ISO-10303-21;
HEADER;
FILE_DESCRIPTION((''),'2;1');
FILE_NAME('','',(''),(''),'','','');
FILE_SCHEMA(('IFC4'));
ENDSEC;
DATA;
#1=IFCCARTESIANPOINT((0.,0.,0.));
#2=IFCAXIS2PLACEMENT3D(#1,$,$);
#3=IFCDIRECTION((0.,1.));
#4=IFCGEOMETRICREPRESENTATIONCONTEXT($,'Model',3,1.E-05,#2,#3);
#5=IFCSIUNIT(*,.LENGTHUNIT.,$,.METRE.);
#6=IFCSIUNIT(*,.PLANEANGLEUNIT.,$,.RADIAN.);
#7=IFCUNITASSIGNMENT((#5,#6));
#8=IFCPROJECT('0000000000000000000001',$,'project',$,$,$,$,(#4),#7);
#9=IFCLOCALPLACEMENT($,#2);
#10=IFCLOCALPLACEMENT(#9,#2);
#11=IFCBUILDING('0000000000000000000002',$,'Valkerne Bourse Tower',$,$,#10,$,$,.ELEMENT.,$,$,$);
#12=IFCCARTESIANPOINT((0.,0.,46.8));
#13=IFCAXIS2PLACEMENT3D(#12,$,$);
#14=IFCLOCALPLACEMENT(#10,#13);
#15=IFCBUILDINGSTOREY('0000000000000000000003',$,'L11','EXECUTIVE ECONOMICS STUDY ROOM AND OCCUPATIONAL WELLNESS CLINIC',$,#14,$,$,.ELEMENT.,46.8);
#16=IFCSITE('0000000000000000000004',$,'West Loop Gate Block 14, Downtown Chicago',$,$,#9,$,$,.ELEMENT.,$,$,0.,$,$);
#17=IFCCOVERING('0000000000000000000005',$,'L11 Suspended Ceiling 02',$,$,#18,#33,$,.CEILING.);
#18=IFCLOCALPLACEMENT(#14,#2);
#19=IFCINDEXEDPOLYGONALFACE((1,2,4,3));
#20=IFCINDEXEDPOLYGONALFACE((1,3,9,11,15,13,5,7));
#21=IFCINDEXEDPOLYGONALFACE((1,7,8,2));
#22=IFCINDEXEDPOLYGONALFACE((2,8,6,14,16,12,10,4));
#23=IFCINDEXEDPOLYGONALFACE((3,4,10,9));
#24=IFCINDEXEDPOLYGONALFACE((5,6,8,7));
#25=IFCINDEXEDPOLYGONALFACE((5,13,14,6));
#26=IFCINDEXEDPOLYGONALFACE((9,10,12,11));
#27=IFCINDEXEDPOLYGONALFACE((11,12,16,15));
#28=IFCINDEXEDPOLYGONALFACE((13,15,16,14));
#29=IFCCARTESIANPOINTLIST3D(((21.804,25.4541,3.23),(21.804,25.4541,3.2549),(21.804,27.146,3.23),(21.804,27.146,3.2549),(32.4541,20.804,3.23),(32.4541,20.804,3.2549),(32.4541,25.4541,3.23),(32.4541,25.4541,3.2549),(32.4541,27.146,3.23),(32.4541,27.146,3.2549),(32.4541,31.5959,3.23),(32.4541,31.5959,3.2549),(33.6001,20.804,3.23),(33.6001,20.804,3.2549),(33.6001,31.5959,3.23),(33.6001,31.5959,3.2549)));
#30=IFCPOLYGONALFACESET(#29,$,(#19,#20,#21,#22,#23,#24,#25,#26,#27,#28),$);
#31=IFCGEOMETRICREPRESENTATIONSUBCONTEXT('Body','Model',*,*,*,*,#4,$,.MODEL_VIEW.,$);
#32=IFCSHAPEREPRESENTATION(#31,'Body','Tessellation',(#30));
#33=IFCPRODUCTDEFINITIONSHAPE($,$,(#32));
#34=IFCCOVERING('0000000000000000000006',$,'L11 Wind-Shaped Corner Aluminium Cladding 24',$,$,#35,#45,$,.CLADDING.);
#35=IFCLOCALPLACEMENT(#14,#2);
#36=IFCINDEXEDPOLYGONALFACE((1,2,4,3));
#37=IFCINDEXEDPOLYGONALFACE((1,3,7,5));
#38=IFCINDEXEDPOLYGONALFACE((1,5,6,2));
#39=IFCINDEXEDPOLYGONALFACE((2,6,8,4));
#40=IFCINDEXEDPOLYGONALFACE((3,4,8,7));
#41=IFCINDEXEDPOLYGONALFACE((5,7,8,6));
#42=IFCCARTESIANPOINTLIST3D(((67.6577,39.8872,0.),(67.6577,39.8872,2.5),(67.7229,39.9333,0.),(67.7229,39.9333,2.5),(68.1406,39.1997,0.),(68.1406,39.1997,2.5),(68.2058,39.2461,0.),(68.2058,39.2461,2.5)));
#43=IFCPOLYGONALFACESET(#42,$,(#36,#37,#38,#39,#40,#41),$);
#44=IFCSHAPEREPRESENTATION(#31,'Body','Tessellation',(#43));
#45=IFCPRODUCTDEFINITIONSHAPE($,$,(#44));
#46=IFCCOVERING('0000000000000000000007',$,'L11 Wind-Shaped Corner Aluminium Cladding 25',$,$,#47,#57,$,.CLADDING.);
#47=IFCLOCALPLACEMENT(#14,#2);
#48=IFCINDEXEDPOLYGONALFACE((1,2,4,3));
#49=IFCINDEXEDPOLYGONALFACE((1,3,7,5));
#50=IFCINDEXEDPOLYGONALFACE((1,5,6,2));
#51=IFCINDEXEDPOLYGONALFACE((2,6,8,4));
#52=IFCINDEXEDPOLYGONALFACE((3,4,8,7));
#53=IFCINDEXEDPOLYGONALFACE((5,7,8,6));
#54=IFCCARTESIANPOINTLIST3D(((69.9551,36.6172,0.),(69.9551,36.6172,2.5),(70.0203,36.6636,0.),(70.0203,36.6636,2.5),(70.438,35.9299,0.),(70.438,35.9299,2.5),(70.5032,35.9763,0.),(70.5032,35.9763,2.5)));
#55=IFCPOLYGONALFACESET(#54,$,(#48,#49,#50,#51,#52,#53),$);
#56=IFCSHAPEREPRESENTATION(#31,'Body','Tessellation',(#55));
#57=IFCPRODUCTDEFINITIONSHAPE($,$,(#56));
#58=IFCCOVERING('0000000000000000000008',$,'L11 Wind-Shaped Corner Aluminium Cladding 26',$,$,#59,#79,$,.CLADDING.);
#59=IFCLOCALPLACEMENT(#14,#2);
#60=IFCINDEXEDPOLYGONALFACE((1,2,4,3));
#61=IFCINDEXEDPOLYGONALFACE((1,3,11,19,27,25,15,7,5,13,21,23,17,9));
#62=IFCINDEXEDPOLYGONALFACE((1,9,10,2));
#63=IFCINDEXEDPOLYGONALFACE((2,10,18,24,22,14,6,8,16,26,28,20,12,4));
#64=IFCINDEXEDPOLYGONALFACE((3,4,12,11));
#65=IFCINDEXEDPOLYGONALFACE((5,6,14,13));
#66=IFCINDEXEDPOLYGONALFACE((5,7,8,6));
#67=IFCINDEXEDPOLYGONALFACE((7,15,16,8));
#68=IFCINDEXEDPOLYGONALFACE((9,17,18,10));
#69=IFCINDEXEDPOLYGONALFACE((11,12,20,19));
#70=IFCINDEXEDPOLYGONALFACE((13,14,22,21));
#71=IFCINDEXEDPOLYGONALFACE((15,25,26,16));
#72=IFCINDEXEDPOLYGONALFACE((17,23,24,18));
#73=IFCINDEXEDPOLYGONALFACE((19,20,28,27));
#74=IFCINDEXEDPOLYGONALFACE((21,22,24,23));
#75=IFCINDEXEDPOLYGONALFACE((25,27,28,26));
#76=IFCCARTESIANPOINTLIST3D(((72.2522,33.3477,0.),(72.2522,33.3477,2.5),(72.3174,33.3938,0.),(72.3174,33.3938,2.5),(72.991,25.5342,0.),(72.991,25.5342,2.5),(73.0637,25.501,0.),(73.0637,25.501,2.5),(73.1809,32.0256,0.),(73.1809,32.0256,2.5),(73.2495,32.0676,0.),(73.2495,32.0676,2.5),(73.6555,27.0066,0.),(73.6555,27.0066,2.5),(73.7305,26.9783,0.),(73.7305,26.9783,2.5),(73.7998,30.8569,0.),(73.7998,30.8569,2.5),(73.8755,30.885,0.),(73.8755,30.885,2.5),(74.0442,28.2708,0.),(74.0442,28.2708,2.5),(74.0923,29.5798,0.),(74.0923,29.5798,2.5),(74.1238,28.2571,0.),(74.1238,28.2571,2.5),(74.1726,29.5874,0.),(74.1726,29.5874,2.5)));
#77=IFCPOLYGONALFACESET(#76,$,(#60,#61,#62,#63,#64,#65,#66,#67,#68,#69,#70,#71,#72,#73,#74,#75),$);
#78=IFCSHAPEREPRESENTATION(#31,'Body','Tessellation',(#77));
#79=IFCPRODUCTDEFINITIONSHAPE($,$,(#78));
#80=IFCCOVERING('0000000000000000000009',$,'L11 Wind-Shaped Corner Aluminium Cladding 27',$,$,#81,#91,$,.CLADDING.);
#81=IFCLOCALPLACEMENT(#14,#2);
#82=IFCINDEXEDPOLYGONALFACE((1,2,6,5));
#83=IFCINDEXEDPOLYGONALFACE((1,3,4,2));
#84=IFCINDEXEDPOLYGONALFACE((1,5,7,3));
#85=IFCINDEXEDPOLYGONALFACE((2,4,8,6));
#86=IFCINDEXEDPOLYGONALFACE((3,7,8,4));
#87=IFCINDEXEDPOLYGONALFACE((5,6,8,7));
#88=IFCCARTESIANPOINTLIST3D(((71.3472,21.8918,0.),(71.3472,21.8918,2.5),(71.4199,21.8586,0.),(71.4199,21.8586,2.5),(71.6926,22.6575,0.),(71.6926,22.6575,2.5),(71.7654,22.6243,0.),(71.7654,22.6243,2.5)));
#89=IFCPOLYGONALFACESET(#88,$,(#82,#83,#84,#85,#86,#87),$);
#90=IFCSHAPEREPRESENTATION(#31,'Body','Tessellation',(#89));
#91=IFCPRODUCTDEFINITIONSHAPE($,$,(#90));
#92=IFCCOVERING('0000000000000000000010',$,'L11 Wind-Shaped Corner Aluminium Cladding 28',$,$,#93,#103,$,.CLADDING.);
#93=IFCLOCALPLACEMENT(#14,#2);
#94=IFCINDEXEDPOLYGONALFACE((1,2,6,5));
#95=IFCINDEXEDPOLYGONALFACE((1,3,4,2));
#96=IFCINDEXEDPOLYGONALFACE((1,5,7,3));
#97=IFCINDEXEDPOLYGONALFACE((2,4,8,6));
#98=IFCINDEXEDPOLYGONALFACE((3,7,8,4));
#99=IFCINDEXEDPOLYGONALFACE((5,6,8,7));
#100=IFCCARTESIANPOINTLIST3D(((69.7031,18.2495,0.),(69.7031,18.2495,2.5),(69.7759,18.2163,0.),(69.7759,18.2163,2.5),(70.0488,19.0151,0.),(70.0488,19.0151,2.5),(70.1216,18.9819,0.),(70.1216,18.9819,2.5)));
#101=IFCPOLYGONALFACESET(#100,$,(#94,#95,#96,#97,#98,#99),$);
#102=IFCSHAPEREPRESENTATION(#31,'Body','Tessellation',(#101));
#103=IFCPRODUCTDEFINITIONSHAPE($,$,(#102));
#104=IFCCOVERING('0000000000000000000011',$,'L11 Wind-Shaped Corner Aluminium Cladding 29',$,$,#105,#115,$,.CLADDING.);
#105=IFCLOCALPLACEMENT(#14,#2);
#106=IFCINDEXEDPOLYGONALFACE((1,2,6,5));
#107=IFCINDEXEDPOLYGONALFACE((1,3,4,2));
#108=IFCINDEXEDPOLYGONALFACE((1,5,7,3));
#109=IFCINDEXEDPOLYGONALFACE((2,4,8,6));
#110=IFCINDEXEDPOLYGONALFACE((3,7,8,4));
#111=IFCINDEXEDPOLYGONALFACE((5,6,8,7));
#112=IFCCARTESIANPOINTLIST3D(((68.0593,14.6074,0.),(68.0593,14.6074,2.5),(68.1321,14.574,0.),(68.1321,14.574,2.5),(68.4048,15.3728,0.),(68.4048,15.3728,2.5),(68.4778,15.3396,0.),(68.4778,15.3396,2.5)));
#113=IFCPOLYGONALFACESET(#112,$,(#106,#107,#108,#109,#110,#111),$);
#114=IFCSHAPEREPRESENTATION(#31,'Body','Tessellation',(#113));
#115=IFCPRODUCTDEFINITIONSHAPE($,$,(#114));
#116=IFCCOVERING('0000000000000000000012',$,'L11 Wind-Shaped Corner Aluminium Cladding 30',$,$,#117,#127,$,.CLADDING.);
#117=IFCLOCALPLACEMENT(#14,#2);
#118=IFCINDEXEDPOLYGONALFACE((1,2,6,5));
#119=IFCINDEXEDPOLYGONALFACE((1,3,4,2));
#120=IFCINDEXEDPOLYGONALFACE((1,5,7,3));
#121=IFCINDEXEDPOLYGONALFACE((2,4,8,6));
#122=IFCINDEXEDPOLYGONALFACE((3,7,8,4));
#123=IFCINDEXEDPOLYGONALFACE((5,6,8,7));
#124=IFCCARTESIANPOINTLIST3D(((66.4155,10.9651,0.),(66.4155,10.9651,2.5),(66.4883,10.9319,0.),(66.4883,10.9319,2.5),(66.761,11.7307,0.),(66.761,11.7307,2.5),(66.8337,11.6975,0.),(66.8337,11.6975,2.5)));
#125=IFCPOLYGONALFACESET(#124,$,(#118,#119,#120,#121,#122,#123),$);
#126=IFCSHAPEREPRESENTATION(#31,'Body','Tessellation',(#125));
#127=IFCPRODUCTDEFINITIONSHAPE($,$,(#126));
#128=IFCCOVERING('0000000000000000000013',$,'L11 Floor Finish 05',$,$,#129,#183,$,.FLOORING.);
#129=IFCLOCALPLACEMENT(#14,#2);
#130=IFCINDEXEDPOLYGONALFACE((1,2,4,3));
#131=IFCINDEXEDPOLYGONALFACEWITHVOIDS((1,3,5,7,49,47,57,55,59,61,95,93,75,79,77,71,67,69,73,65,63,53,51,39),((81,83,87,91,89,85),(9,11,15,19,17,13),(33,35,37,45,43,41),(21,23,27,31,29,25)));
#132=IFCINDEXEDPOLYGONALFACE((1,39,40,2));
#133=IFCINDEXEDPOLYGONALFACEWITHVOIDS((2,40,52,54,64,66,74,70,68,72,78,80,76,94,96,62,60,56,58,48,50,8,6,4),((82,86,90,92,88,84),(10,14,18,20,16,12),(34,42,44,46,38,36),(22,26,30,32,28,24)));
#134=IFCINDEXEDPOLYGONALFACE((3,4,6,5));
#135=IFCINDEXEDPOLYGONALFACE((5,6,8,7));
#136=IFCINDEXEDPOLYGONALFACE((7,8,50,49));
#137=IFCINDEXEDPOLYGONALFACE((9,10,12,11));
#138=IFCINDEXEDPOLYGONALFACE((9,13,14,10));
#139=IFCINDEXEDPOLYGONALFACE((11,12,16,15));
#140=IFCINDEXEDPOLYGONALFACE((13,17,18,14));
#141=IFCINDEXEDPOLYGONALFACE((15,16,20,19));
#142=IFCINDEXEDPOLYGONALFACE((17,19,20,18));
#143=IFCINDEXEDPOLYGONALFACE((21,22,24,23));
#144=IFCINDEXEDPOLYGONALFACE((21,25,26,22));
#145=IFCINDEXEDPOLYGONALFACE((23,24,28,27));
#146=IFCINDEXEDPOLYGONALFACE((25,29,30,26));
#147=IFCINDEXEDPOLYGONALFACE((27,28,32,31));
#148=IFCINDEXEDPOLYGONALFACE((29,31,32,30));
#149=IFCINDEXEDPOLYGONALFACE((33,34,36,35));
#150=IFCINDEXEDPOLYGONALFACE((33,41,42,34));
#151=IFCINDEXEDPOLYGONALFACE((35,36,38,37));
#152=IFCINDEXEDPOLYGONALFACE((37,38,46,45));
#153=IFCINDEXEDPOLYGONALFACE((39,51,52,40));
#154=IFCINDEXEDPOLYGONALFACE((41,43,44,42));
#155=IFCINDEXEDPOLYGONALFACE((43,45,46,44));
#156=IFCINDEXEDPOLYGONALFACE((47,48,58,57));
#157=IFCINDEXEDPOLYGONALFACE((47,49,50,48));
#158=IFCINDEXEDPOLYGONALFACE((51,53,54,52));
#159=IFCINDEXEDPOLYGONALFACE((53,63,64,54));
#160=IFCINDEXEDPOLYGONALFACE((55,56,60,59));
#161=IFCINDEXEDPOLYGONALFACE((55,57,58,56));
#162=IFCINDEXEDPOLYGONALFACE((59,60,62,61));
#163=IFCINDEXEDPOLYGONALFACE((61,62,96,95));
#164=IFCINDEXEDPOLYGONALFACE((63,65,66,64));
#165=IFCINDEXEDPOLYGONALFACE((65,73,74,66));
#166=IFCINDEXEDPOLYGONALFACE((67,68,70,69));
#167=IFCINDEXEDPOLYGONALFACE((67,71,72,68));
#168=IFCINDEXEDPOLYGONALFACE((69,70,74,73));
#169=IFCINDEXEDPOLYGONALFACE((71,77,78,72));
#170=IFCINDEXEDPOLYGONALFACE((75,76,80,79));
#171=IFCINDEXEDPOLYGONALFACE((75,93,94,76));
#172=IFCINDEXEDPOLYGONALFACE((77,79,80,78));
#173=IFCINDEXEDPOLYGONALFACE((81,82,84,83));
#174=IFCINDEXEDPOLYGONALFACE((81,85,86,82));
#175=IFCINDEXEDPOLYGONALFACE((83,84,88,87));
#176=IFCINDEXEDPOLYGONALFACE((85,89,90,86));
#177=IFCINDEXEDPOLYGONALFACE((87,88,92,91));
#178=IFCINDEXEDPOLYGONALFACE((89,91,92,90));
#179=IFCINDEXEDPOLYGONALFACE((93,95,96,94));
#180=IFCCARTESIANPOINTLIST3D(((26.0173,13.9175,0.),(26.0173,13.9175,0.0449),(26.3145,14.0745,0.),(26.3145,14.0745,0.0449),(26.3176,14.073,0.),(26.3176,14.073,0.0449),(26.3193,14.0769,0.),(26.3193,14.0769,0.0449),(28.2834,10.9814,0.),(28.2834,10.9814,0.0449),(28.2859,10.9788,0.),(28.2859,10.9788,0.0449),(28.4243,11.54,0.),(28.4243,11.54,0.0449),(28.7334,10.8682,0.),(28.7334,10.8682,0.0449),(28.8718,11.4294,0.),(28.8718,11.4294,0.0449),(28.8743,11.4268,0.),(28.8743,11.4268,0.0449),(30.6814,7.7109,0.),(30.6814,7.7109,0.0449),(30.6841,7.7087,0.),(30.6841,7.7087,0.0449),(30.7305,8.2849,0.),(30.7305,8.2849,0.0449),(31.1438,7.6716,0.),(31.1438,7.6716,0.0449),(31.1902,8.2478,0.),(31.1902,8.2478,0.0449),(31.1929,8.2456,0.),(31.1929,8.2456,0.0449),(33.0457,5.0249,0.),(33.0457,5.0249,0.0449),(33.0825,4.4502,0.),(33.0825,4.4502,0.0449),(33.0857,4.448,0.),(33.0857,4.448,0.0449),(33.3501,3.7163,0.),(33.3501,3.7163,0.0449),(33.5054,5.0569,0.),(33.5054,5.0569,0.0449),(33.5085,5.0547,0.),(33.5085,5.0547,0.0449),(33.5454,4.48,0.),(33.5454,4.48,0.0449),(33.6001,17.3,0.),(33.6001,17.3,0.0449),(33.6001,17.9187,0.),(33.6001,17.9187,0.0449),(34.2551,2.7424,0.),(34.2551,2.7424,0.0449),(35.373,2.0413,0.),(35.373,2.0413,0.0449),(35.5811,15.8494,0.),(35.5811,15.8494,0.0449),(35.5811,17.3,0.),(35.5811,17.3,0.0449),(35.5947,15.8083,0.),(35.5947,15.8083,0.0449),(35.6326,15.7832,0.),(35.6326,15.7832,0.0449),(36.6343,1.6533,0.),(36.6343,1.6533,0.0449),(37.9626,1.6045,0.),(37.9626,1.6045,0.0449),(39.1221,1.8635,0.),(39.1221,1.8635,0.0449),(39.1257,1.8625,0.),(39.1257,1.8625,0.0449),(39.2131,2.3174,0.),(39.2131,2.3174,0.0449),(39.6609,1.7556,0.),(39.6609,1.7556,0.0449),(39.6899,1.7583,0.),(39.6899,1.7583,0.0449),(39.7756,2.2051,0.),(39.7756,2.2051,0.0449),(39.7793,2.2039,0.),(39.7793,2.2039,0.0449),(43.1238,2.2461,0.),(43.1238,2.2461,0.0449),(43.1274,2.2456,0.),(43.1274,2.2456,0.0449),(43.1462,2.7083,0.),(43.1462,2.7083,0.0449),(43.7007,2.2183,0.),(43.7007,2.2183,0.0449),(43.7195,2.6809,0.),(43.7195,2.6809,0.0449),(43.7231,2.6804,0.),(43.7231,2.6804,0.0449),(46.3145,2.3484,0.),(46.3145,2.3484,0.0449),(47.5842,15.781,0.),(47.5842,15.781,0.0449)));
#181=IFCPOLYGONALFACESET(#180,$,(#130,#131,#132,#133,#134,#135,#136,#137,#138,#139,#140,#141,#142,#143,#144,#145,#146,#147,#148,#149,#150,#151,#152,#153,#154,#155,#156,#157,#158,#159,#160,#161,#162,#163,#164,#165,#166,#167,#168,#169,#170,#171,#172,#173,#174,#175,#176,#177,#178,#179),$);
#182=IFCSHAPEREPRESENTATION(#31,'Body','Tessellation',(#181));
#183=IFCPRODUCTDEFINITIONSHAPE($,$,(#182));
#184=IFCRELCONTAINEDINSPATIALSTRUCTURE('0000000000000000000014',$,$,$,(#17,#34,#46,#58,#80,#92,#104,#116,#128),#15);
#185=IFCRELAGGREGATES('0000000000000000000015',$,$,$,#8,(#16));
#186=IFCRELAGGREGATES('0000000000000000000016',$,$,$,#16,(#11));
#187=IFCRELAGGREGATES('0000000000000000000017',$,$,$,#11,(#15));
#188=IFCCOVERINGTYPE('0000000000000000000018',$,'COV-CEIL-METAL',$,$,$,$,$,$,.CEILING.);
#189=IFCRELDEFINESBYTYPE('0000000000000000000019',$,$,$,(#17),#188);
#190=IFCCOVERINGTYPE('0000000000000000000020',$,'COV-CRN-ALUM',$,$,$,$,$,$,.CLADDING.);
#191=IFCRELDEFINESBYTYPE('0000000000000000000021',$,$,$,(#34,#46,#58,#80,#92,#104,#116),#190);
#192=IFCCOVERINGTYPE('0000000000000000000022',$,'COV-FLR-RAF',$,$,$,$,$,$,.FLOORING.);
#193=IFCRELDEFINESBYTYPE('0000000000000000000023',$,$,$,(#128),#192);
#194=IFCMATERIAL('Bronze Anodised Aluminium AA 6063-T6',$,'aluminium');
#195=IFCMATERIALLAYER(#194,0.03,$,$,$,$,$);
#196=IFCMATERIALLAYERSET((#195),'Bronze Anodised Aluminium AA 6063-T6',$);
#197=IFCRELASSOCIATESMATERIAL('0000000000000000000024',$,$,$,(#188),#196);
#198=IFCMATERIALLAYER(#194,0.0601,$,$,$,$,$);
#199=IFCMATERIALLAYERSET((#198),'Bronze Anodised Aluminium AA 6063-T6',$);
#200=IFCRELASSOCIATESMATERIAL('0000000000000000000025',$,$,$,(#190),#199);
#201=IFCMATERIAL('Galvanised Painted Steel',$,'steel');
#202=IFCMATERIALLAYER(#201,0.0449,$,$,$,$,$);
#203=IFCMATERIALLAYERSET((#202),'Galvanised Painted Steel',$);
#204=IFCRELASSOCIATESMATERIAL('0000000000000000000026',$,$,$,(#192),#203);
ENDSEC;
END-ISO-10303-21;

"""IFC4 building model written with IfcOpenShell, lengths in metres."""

from ifc_helpers import new_model, si_unit, direction, frame, origin, place, context, subcontext, project, spatial, polyline, outline, extrude, material, layer, layer_set, type_object, element, save


model = new_model("IFC4")

# Units and contexts
model_context = context("Model", 3, precision=1e-05, world=origin(), true_north=direction((0.0, 1.0)))
body_context = subcontext(model_context, "Body", "Model", "MODEL_VIEW")
ifc_project = project(units=[si_unit("LENGTHUNIT", "METRE"), si_unit("PLANEANGLEUNIT", "RADIAN")], contexts=[model_context])

# Site, building, storey
site_placement = place(None, origin())
site = spatial("IfcSite", under=ifc_project, at=site_placement, Name="West Loop Gate Block 14, Downtown Chicago", CompositionType="ELEMENT", RefElevation=0.0)
building_placement = place(site_placement, origin())
building = spatial("IfcBuilding", under=site, at=building_placement, Name="Valkerne Bourse Tower", CompositionType="ELEMENT")
storey_placement = place(building_placement, frame((0.0, 0.0, 46.8)))
storey = spatial("IfcBuildingStorey", under=building, at=storey_placement, Name="L11", Description="EXECUTIVE ECONOMICS STUDY ROOM AND OCCUPATIONAL WELLNESS CLINIC", CompositionType="ELEMENT", Elevation=46.8)

# Coverings
ifc_material_1 = material(Name="Bronze Anodised Aluminium AA 6063-T6", Category="aluminium")
ifc_layer_1 = layer(ifc_material_1, 0.03)
ifc_layer_set_1 = layer_set([ifc_layer_1], Name="Bronze Anodised Aluminium AA 6063-T6")
covering_type_1 = type_object("IfcCoveringType", Name="COV-CEIL-METAL", PredefinedType="CEILING", material=ifc_layer_set_1)
covering_1_placement = place(storey_placement, frame((0.0, 0.0, 3.23)))
element("IfcCovering", 1, at=covering_1_placement, inside=storey, type_object=covering_type_1, Name="L11 Suspended Ceiling 02", PredefinedType="CEILING", context=body_context, shape_type="SweptSolid", body=[
    extrude(outline(polyline([(32.4541, 20.804), (32.4541, 25.4541), (21.804, 25.4541), (21.804, 27.146), (32.4541, 27.146), (32.4541, 31.5959), (33.6001, 31.5959), (33.6001, 20.804), (32.4541, 20.804)])), origin(), (0.0, 0.0, 1.0), 0.0249),
])
ifc_layer_2 = layer(ifc_material_1, 0.0601)
ifc_layer_set_2 = layer_set([ifc_layer_2], Name="Bronze Anodised Aluminium AA 6063-T6")
covering_type_2 = type_object("IfcCoveringType", Name="COV-CRN-ALUM", PredefinedType="CLADDING", material=ifc_layer_set_2)
covering_2_placement = place(storey_placement, origin())
element("IfcCovering", 2, at=covering_2_placement, inside=storey, type_object=covering_type_2, Name="L11 Wind-Shaped Corner Aluminium Cladding 24", PredefinedType="CLADDING", context=body_context, shape_type="SweptSolid", body=[
    extrude(outline(polyline([(68.2058, 39.2461), (68.1406, 39.1997), (67.6577, 39.8872), (67.7229, 39.9333), (68.2058, 39.2461)])), origin(), (0.0, 0.0, 1.0), 2.5),
])
covering_3_placement = place(storey_placement, origin())
element("IfcCovering", 3, at=covering_3_placement, inside=storey, type_object=covering_type_2, Name="L11 Wind-Shaped Corner Aluminium Cladding 25", PredefinedType="CLADDING", context=body_context, shape_type="SweptSolid", body=[
    extrude(outline(polyline([(70.5032, 35.9763), (70.438, 35.9299), (69.9551, 36.6172), (70.0203, 36.6636), (70.5032, 35.9763)])), origin(), (0.0, 0.0, 1.0), 2.5),
])
covering_4_placement = place(storey_placement, origin())
element("IfcCovering", 4, at=covering_4_placement, inside=storey, type_object=covering_type_2, Name="L11 Wind-Shaped Corner Aluminium Cladding 26", PredefinedType="CLADDING", context=body_context, shape_type="SweptSolid", body=[
    extrude(outline(polyline([(73.2495, 32.0676), (73.8755, 30.885), (74.1726, 29.5874), (74.1238, 28.2571), (73.7305, 26.9783), (73.0637, 25.501), (72.991, 25.5342), (73.6555, 27.0066), (74.0442, 28.2708), (74.0923, 29.5798), (73.7998, 30.8569), (73.1809, 32.0256), (72.2522, 33.3477), (72.3174, 33.3938), (73.2495, 32.0676)])), origin(), (0.0, 0.0, 1.0), 2.5),
])
covering_5_placement = place(storey_placement, origin())
element("IfcCovering", 5, at=covering_5_placement, inside=storey, type_object=covering_type_2, Name="L11 Wind-Shaped Corner Aluminium Cladding 27", PredefinedType="CLADDING", context=body_context, shape_type="SweptSolid", body=[
    extrude(outline(polyline([(71.4199, 21.8586), (71.3472, 21.8918), (71.6926, 22.6575), (71.7654, 22.6243), (71.4199, 21.8586)])), origin(), (0.0, 0.0, 1.0), 2.5),
])
covering_6_placement = place(storey_placement, origin())
element("IfcCovering", 6, at=covering_6_placement, inside=storey, type_object=covering_type_2, Name="L11 Wind-Shaped Corner Aluminium Cladding 28", PredefinedType="CLADDING", context=body_context, shape_type="SweptSolid", body=[
    extrude(outline(polyline([(69.7759, 18.2163), (69.7031, 18.2495), (70.0488, 19.0151), (70.1216, 18.9819), (69.7759, 18.2163)])), origin(), (0.0, 0.0, 1.0), 2.5),
])
covering_7_placement = place(storey_placement, origin())
element("IfcCovering", 7, at=covering_7_placement, inside=storey, type_object=covering_type_2, Name="L11 Wind-Shaped Corner Aluminium Cladding 29", PredefinedType="CLADDING", context=body_context, shape_type="SweptSolid", body=[
    extrude(outline(polyline([(68.1321, 14.574), (68.0593, 14.6074), (68.4048, 15.3728), (68.4778, 15.3396), (68.1321, 14.574)])), origin(), (0.0, 0.0, 1.0), 2.5),
])
covering_8_placement = place(storey_placement, origin())
element("IfcCovering", 8, at=covering_8_placement, inside=storey, type_object=covering_type_2, Name="L11 Wind-Shaped Corner Aluminium Cladding 30", PredefinedType="CLADDING", context=body_context, shape_type="SweptSolid", body=[
    extrude(outline(polyline([(66.4883, 10.9319), (66.4155, 10.9651), (66.761, 11.7307), (66.8337, 11.6975), (66.4883, 10.9319)])), origin(), (0.0, 0.0, 1.0), 2.5),
])
ifc_material_2 = material(Name="Galvanised Painted Steel", Category="steel")
ifc_layer_3 = layer(ifc_material_2, 0.0449)
ifc_layer_set_3 = layer_set([ifc_layer_3], Name="Galvanised Painted Steel")
covering_type_3 = type_object("IfcCoveringType", Name="COV-FLR-RAF", PredefinedType="FLOORING", material=ifc_layer_set_3)
covering_9_placement = place(storey_placement, origin())
element("IfcCovering", 9, at=covering_9_placement, inside=storey, type_object=covering_type_3, Name="L11 Floor Finish 05", PredefinedType="FLOORING", context=body_context, shape_type="SweptSolid", body=[
    extrude(outline(polyline([(35.373, 2.0413), (34.2551, 2.7424), (33.3501, 3.7163), (26.0173, 13.9175), (26.3145, 14.0745), (26.3176, 14.073), (26.3193, 14.0769), (33.6001, 17.9187), (33.6001, 17.3), (35.5811, 17.3), (35.5811, 15.8494), (35.5947, 15.8083), (35.6326, 15.7832), (47.5842, 15.781), (46.3145, 2.3484), (39.6899, 1.7583), (39.7793, 2.2039), (39.7756, 2.2051), (39.2131, 2.3174), (39.1221, 1.8635), (39.1257, 1.8625), (39.6609, 1.7556), (37.9626, 1.6045), (36.6343, 1.6533), (35.373, 2.0413)]), holes=[polyline([(33.5085, 5.0547), (33.5054, 5.0569), (33.0457, 5.0249), (33.0825, 4.4502), (33.0857, 4.448), (33.5454, 4.48), (33.5085, 5.0547)]), polyline([(31.1902, 8.2478), (30.7305, 8.2849), (30.6814, 7.7109), (30.6841, 7.7087), (31.1438, 7.6716), (31.1929, 8.2456), (31.1902, 8.2478)]), polyline([(28.8743, 11.4268), (28.8718, 11.4294), (28.4243, 11.54), (28.2834, 10.9814), (28.2859, 10.9788), (28.7334, 10.8682), (28.8743, 11.4268)]), polyline([(43.7195, 2.6809), (43.1462, 2.7083), (43.1238, 2.2461), (43.1274, 2.2456), (43.7007, 2.2183), (43.7231, 2.6804), (43.7195, 2.6809)])]), origin(), (0.0, 0.0, 1.0), 0.0449),
])

save(model, "model.ifc")
